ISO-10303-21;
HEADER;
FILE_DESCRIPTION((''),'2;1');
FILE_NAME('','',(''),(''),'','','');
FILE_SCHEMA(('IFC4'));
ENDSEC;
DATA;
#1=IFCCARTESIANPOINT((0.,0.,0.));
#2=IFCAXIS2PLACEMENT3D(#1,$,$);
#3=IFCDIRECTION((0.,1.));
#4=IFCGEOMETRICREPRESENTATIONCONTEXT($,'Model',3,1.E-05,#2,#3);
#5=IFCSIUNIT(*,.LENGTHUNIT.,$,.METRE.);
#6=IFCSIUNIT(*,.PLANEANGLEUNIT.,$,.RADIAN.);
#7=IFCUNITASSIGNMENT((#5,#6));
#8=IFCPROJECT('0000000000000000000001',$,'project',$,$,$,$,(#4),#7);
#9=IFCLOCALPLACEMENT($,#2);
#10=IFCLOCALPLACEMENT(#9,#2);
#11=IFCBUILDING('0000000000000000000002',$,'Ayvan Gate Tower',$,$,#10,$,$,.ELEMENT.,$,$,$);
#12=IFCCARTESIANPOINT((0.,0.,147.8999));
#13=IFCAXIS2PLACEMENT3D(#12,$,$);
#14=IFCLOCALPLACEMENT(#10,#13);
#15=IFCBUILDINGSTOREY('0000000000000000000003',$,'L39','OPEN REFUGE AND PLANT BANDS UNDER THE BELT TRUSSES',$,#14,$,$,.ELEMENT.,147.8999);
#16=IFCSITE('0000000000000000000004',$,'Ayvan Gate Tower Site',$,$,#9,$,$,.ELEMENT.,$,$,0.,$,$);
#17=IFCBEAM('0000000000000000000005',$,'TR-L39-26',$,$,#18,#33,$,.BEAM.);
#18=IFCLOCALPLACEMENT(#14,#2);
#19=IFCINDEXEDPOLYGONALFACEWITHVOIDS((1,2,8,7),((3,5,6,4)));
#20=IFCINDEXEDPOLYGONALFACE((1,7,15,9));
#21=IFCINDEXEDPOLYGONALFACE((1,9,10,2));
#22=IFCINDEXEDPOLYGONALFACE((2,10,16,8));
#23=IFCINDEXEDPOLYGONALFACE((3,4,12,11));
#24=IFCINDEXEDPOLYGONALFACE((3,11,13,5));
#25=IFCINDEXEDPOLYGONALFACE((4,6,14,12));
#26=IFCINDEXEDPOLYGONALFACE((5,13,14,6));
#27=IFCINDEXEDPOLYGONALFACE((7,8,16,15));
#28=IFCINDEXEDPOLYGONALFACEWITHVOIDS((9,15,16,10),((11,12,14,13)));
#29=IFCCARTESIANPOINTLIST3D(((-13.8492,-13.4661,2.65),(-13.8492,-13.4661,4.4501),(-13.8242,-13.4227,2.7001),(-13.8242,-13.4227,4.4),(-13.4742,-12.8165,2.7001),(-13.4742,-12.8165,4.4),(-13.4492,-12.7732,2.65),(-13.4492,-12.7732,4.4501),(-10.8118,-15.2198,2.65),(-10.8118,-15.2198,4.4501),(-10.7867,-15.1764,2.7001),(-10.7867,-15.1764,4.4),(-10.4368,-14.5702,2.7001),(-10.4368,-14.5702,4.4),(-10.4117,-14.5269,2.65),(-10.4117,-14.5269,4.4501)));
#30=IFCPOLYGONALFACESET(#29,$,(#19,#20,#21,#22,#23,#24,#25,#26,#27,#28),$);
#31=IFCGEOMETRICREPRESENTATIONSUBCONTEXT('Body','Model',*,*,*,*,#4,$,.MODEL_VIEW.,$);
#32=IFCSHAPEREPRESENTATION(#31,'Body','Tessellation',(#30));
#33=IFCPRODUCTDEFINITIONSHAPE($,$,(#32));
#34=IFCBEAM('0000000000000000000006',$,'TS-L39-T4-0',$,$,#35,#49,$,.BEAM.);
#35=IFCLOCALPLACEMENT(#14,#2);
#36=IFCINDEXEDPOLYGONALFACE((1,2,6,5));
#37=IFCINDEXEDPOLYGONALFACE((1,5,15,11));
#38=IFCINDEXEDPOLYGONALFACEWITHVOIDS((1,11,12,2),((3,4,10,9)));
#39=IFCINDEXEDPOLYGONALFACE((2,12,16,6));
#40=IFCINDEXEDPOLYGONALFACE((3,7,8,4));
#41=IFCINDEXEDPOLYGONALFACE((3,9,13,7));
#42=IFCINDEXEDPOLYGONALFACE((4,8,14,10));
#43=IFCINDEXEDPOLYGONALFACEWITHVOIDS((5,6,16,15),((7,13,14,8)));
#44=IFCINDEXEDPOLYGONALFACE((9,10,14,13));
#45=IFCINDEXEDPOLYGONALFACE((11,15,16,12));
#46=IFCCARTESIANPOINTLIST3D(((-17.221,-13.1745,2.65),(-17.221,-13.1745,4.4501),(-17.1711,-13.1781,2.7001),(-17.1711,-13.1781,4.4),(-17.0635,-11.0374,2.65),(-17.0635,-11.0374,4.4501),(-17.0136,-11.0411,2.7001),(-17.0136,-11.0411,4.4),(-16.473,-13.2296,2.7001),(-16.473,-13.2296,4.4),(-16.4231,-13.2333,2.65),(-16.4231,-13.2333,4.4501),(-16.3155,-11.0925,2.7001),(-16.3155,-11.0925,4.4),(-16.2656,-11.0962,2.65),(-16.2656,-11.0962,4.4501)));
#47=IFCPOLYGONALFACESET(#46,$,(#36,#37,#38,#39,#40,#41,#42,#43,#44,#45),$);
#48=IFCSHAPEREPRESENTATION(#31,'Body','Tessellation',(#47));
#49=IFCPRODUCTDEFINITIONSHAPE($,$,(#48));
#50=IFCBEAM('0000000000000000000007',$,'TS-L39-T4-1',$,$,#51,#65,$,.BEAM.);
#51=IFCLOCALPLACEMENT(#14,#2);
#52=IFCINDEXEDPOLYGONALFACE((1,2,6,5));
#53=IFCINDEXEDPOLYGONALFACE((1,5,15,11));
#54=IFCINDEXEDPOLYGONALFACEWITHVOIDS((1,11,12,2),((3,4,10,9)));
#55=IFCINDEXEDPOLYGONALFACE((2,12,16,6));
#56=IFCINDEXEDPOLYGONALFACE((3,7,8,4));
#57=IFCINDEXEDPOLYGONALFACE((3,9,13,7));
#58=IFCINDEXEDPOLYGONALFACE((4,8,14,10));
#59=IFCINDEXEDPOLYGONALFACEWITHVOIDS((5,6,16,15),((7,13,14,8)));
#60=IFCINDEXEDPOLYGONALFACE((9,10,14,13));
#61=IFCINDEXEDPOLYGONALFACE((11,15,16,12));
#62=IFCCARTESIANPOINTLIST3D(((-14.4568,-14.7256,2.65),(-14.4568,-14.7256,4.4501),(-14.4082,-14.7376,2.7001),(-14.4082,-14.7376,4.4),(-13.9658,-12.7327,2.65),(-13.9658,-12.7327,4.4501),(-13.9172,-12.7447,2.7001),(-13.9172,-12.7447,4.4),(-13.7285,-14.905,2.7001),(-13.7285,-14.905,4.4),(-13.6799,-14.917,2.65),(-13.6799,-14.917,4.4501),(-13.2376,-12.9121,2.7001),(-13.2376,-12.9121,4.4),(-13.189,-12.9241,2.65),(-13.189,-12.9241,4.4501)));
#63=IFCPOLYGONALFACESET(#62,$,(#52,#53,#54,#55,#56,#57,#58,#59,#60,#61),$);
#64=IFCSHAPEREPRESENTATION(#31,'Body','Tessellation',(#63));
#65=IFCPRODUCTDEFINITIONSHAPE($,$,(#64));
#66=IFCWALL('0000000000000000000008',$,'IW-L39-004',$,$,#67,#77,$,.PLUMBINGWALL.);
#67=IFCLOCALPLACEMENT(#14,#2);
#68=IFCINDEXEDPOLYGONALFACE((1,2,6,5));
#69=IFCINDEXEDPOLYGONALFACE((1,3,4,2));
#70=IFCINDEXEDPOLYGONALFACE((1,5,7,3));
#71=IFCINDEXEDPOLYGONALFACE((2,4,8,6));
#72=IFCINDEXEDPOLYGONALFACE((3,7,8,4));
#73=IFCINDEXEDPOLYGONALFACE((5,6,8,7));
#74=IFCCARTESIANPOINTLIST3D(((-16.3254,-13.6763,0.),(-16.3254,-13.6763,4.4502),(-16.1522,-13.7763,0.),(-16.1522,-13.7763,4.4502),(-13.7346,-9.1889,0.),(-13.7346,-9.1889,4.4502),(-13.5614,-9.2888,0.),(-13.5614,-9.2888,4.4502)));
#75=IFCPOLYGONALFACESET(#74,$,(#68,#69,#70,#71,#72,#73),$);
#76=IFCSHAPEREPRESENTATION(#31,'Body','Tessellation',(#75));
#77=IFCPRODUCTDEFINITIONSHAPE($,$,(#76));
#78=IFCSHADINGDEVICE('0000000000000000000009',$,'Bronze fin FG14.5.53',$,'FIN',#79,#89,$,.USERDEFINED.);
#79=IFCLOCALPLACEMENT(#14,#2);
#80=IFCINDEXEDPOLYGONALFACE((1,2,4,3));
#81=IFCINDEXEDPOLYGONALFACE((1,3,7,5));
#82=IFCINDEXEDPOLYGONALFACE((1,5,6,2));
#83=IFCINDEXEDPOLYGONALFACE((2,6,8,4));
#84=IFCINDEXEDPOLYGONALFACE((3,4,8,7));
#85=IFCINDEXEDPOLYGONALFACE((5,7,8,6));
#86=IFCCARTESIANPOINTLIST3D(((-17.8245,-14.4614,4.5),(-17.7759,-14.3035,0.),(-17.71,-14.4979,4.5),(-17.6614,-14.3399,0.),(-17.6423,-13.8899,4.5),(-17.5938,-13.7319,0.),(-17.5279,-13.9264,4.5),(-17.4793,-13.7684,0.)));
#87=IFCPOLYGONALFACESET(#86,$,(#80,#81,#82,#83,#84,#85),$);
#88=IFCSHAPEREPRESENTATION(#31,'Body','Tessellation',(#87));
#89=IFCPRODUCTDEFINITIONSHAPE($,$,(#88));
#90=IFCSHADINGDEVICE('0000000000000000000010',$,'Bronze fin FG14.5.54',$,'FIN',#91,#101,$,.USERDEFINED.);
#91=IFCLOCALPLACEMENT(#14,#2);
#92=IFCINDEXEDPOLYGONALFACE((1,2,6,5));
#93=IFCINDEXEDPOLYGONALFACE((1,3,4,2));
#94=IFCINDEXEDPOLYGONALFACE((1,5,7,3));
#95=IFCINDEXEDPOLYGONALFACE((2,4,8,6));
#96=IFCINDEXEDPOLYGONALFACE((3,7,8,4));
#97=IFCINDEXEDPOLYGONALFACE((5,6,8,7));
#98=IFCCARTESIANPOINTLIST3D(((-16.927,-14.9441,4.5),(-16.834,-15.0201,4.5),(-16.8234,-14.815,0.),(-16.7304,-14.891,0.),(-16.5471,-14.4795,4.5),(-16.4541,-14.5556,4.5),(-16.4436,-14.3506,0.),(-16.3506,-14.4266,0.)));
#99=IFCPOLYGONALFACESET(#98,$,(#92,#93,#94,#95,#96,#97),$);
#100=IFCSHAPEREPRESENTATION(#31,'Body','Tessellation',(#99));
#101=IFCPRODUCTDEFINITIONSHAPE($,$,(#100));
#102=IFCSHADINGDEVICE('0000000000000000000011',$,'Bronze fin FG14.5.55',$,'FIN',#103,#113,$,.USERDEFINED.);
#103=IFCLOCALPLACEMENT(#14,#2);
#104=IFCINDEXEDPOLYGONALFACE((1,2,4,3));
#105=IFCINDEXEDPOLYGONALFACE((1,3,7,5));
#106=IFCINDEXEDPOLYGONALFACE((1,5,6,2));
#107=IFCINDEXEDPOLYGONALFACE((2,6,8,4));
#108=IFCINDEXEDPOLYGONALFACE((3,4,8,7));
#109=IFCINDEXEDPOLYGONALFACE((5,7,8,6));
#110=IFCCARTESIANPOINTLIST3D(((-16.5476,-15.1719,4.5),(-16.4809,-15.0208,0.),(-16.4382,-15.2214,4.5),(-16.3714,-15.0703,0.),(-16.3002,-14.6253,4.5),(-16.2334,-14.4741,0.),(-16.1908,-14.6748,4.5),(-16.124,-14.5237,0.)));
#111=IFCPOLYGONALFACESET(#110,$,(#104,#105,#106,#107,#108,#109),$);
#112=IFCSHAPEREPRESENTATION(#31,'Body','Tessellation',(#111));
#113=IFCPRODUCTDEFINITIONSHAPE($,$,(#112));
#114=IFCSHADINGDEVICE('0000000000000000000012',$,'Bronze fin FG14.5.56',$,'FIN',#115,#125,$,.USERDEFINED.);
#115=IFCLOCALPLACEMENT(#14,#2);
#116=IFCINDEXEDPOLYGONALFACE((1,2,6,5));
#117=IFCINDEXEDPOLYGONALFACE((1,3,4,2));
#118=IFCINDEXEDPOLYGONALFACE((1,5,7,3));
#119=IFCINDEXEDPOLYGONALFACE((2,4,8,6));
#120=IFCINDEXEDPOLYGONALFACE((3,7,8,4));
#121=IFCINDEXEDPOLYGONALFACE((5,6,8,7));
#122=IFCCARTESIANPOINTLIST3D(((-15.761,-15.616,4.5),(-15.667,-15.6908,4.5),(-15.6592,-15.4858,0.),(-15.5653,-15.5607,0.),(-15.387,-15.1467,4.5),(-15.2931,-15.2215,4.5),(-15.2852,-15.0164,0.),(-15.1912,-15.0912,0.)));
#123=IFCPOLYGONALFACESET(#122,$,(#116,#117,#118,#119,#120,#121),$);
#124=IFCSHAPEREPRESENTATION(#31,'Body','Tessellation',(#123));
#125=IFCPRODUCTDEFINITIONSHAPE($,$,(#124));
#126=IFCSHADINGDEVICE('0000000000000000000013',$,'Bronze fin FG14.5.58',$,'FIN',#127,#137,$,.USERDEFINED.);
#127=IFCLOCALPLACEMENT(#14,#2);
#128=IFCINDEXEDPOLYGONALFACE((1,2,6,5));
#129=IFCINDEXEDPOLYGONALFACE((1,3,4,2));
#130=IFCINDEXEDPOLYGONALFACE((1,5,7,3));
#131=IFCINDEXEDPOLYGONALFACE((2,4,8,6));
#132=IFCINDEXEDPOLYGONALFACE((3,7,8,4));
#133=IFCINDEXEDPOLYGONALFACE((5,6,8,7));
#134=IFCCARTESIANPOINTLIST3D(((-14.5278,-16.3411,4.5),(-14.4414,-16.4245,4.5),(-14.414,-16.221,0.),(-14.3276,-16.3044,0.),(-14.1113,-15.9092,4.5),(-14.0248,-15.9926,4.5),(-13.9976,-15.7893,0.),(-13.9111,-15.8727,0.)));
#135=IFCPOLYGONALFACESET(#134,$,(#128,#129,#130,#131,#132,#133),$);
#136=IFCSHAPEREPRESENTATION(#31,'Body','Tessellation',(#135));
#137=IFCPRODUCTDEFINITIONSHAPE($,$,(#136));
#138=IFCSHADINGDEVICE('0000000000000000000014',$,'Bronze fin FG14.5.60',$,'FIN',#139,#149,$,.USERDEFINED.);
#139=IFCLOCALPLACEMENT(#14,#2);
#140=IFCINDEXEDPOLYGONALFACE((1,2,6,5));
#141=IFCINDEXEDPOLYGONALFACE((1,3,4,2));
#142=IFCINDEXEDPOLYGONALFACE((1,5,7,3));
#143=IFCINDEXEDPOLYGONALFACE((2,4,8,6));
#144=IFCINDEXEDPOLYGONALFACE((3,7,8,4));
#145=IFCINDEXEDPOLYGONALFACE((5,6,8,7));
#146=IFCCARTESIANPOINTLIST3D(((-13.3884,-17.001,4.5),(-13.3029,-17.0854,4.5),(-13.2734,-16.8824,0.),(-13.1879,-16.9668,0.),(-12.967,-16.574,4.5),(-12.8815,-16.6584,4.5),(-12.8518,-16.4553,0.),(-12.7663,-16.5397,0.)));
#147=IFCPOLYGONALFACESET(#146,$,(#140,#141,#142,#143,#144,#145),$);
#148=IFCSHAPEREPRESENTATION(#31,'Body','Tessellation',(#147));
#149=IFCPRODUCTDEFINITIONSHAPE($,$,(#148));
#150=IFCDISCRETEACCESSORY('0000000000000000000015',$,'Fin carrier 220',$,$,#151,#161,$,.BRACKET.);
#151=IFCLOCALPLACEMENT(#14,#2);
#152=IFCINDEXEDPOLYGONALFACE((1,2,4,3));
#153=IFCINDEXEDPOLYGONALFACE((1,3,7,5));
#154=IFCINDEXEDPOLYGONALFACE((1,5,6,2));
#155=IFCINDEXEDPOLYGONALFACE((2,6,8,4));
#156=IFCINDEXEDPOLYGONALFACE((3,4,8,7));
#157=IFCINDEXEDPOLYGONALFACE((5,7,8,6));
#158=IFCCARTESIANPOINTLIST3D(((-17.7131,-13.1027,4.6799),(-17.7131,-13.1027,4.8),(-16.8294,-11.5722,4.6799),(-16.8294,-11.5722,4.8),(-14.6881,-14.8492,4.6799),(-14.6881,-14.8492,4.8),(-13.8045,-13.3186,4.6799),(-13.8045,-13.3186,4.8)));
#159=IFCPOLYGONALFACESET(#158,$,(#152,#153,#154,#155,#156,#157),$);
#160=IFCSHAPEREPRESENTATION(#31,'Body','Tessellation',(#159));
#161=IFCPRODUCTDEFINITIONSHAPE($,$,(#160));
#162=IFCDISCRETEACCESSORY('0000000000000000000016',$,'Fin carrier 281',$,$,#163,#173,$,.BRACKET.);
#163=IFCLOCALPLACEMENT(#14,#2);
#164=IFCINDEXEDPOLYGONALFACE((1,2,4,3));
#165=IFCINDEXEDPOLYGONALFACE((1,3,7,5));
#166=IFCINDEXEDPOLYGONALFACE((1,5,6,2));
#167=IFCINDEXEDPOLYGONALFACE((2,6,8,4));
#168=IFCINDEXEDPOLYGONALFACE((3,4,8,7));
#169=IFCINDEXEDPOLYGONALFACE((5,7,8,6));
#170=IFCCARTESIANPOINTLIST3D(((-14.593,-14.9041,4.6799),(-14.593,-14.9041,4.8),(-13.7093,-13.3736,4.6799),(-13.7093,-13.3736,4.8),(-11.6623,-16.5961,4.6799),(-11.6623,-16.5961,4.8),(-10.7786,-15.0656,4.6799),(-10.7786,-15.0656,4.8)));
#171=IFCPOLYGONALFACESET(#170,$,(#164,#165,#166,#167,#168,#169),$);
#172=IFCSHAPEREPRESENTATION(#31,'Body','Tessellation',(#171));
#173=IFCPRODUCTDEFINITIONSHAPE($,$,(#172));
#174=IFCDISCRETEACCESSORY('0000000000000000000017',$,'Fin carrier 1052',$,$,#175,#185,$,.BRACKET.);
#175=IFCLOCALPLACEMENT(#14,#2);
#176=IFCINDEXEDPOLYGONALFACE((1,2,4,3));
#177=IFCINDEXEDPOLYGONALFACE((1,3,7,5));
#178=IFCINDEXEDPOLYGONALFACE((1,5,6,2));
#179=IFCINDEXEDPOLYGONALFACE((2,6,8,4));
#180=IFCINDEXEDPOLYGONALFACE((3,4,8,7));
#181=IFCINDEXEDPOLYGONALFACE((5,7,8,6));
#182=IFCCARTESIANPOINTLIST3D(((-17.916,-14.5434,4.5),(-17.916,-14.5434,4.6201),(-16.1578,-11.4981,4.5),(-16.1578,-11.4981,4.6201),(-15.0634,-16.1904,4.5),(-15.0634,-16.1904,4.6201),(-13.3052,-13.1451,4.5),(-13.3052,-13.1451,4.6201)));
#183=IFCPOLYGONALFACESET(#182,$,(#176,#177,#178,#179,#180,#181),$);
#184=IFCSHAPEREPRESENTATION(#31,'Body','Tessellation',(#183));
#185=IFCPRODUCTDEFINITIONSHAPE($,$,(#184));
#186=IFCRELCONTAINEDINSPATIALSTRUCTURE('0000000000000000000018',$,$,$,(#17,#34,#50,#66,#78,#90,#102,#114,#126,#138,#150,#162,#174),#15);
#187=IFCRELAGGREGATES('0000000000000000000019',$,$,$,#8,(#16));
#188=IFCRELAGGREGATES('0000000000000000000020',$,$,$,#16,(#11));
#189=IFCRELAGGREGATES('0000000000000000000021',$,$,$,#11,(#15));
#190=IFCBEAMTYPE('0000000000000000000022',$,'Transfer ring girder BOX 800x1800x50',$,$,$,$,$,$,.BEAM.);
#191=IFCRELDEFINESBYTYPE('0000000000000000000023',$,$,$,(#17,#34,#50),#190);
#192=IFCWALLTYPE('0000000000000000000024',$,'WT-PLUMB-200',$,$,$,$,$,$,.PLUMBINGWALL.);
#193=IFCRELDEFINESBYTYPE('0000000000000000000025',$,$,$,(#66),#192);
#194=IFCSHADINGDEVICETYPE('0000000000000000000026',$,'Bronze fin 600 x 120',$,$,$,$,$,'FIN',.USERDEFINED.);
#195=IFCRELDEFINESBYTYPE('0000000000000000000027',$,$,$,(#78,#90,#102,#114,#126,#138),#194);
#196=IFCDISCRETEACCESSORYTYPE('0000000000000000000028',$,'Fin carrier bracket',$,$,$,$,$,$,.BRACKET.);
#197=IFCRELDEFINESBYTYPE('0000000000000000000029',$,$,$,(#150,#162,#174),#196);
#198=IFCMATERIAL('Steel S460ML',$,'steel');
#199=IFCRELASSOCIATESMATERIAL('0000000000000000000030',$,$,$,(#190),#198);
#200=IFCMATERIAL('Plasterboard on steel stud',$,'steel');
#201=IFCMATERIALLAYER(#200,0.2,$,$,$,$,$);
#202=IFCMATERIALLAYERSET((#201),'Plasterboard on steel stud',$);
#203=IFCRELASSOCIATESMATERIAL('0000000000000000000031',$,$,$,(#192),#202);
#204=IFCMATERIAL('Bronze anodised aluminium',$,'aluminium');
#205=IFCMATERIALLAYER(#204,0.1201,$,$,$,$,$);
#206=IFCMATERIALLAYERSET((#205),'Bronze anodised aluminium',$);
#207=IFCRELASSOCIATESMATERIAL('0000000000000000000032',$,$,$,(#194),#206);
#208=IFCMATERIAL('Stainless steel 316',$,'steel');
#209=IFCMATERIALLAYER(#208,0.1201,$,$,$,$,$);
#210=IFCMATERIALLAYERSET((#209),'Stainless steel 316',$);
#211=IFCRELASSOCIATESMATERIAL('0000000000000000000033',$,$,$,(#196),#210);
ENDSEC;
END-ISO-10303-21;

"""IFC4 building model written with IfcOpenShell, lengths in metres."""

from ifc_helpers import new_model, si_unit, direction, frame, frame_2d, origin, origin_2d, place, context, subcontext, project, spatial, polyline, rectangle, hollow_rectangle, outline, extrude, material, layer, layer_set, material_profile, profile_set, type_object, element, save


model = new_model("IFC4")

# Units and contexts
model_context = context("Model", 3, precision=1e-05, world=origin(), true_north=direction((0.0, 1.0)))
body_context = subcontext(model_context, "Body", "Model", "MODEL_VIEW")
ifc_project = project(units=[si_unit("LENGTHUNIT", "METRE"), si_unit("PLANEANGLEUNIT", "RADIAN")], contexts=[model_context])

# Site, building, storey
site_placement = place(None, origin())
site = spatial("IfcSite", under=ifc_project, at=site_placement, Name="Ayvan Gate Tower Site", CompositionType="ELEMENT", RefElevation=0.0)
building_placement = place(site_placement, origin())
building = spatial("IfcBuilding", under=site, at=building_placement, Name="Ayvan Gate Tower", CompositionType="ELEMENT")
storey_placement = place(building_placement, frame((0.0, 0.0, 147.8999)))
storey = spatial("IfcBuildingStorey", under=building, at=storey_placement, Name="L39", Description="OPEN REFUGE AND PLANT BANDS UNDER THE BELT TRUSSES", CompositionType="ELEMENT", Elevation=147.8999)

# Shared definitions
ifc_material_1 = material(Name="Steel S460ML", Category="steel")

# Beams
ifc_material_profile_1 = material_profile(ifc_material_1, hollow_rectangle(XDim=0.8, YDim=1.8, WallThickness=0.05, at=origin_2d()), Name="BOX 800x1800x50")
ifc_profile_set_1 = profile_set([ifc_material_profile_1], Name="Steel S460ML")
beam_type_1 = type_object("IfcBeamType", Name="Transfer ring girder BOX 800x1800x50", PredefinedType="BEAM", material=ifc_profile_set_1)
beam_1_placement = place(storey_placement, frame((-13.6492, -13.1196, 3.55), z_axis=(0.86602, -0.50001, 0.0), x_axis=(0.50001, 0.86602, 0.0)))
element("IfcBeam", 1, at=beam_1_placement, inside=storey, type_object=beam_type_1, Name="TR-L39-26", PredefinedType="BEAM", context=body_context, shape_type="SweptSolid", body=[
    extrude(hollow_rectangle(XDim=0.8, YDim=1.8, WallThickness=0.05, at=origin_2d()), origin(), (0.0, 0.0, 1.0), 3.5073),
])
beam_2_placement = place(storey_placement, frame((-16.822, -13.2039, 3.55), z_axis=(0.07349, 0.997296, 0.0), x_axis=(-0.997296, 0.07349, 0.0)))
element("IfcBeam", 2, at=beam_2_placement, inside=storey, type_object=beam_type_1, Name="TS-L39-T4-0", PredefinedType="BEAM", context=body_context, shape_type="SweptSolid", body=[
    extrude(hollow_rectangle(XDim=0.8, YDim=1.8, WallThickness=0.05, at=origin_2d()), origin(), (0.0, 0.0, 1.0), 2.1428),
])
beam_3_placement = place(storey_placement, frame((-14.0684, -14.8213, 3.55), z_axis=(0.239204, 0.970969, 0.0), x_axis=(-0.970969, 0.239204, 0.0)))
element("IfcBeam", 3, at=beam_3_placement, inside=storey, type_object=beam_type_1, Name="TS-L39-T4-1", PredefinedType="BEAM", context=body_context, shape_type="SweptSolid", body=[
    extrude(hollow_rectangle(XDim=0.8, YDim=1.8, WallThickness=0.05, at=origin_2d()), origin(), (0.0, 0.0, 1.0), 2.0525),
])

# Wall
ifc_material_2 = material(Name="Plasterboard on steel stud", Category="steel")
ifc_layer_1 = layer(ifc_material_2, 0.2)
ifc_layer_set_1 = layer_set([ifc_layer_1], Name="Plasterboard on steel stud")
wall_type = type_object("IfcWallType", Name="WT-PLUMB-200", PredefinedType="PLUMBINGWALL", material=ifc_layer_set_1)
wall_placement = place(storey_placement, frame((-16.2388, -13.7263, 0.0), z_axis=(0.0, 0.0, 1.0), x_axis=(0.49999, 0.866031, 0.0)))
element("IfcWall", 4, at=wall_placement, inside=storey, type_object=wall_type, Name="IW-L39-004", PredefinedType="PLUMBINGWALL", context=body_context, shape_type="SweptSolid", body=[
    extrude(rectangle(XDim=5.1816, YDim=0.2, at=frame_2d((2.5908, 0.0))), origin(), (0.0, 0.0, 1.0), 4.4502),
])

# Shading devices
ifc_material_3 = material(Name="Bronze anodised aluminium", Category="aluminium")
ifc_layer_2 = layer(ifc_material_3, 0.1201)
ifc_layer_set_2 = layer_set([ifc_layer_2], Name="Bronze anodised aluminium")
shading_device_type = type_object("IfcShadingDeviceType", Name="Bronze fin 600 x 120", ElementType="FIN", PredefinedType="USERDEFINED", material=ifc_layer_set_2)
shading_device_1_placement = place(storey_placement, frame((-17.5938, -13.7319, 0.0), z_axis=(-0.952792, 0.303624, 0.000371), x_axis=(-0.303624, -0.952792, 0.0)))
element("IfcShadingDevice", 5, at=shading_device_1_placement, inside=storey, type_object=shading_device_type, Name="Bronze fin FG14.5.53", ObjectType="FIN", PredefinedType="USERDEFINED", context=body_context, shape_type="SweptSolid", body=[
    extrude(outline(polyline([(0.0, 0.0), (0.5999, 0.0), (0.7651, 4.5), (0.1653, 4.5), (0.0, 0.0)])), origin(), (0.0, 0.0, -1.0), 0.1201),
])
shading_device_2_placement = place(storey_placement, frame((-16.4436, -14.3506, 0.0), z_axis=(-0.774075, 0.633094, 0.000346), x_axis=(-0.633094, -0.774075, 0.0)))
element("IfcShadingDevice", 6, at=shading_device_2_placement, inside=storey, type_object=shading_device_type, Name="Bronze fin FG14.5.54", ObjectType="FIN", PredefinedType="USERDEFINED", context=body_context, shape_type="SweptSolid", body=[
    extrude(outline(polyline([(0.0, 0.0), (0.5999, 0.0), (0.7655, 4.5), (0.1653, 4.5), (0.0, 0.0)])), origin(), (0.0, 0.0, -1.0), 0.1201),
])
shading_device_3_placement = place(storey_placement, frame((-16.2334, -14.4741, 0.0), z_axis=(-0.911013, 0.412377, 0.000331), x_axis=(-0.412377, -0.911013, 0.0)))
element("IfcShadingDevice", 7, at=shading_device_3_placement, inside=storey, type_object=shading_device_type, Name="Bronze fin FG14.5.55", ObjectType="FIN", PredefinedType="USERDEFINED", context=body_context, shape_type="SweptSolid", body=[
    extrude(outline(polyline([(0.0, 0.0), (0.6001, 0.0), (0.7652, 4.5), (0.1653, 4.5), (0.0, 0.0)])), origin(), (0.0, 0.0, -1.0), 0.1201),
])
shading_device_4_placement = place(storey_placement, frame((-15.2852, -15.0164, 0.0), z_axis=(-0.782058, 0.623206, 0.000345), x_axis=(-0.623206, -0.782058, 0.0)))
element("IfcShadingDevice", 8, at=shading_device_4_placement, inside=storey, type_object=shading_device_type, Name="Bronze fin FG14.5.56", ObjectType="FIN", PredefinedType="USERDEFINED", context=body_context, shape_type="SweptSolid", body=[
    extrude(outline(polyline([(0.0, 0.0), (0.6003, 0.0), (0.7655, 4.5), (0.1654, 4.5), (0.0, 0.0)])), origin(), (0.0, 0.0, -1.0), 0.1201),
])
shading_device_5_placement = place(storey_placement, frame((-13.9976, -15.7893, 0.0), z_axis=(-0.71971, 0.694275, 0.000317), x_axis=(-0.694275, -0.71971, 0.0)))
element("IfcShadingDevice", 9, at=shading_device_5_placement, inside=storey, type_object=shading_device_type, Name="Bronze fin FG14.5.58", ObjectType="FIN", PredefinedType="USERDEFINED", context=body_context, shape_type="SweptSolid", body=[
    extrude(outline(polyline([(0.0, 0.0), (0.5998, 0.0), (0.7653, 4.5), (0.1653, 4.5), (0.0, 0.0)])), origin(), (0.0, 0.0, -1.0), 0.1201),
])
shading_device_6_placement = place(storey_placement, frame((-12.8518, -16.4553, 0.0), z_axis=(-0.71167, 0.702514, 0.000318), x_axis=(-0.702514, -0.71167, 0.0)))
element("IfcShadingDevice", 10, at=shading_device_6_placement, inside=storey, type_object=shading_device_type, Name="Bronze fin FG14.5.60", ObjectType="FIN", PredefinedType="USERDEFINED", context=body_context, shape_type="SweptSolid", body=[
    extrude(outline(polyline([(0.0, 0.0), (0.6001, 0.0), (0.7653, 4.5), (0.1654, 4.5), (0.0, 0.0)])), origin(), (0.0, 0.0, -1.0), 0.1201),
])

# Discrete accessories
ifc_material_4 = material(Name="Stainless steel 316", Category="steel")
ifc_layer_3 = layer(ifc_material_4, 0.1201)
ifc_layer_set_3 = layer_set([ifc_layer_3], Name="Stainless steel 316")
discrete_accessory_type_1 = type_object("IfcDiscreteAccessoryType", Name="Fin carrier bracket", PredefinedType="BRACKET", material=ifc_layer_set_3)
discrete_accessory_1_placement = place(storey_placement, frame((-15.7588, -13.2107, 4.6799), z_axis=(0.0, 0.0, 1.0), x_axis=(0.866025, -0.5, 0.0)))
element("IfcDiscreteAccessory", 11, at=discrete_accessory_1_placement, inside=storey, type_object=discrete_accessory_type_1, Name="Fin carrier 220", PredefinedType="BRACKET", context=body_context, shape_type="SweptSolid", body=[
    extrude(rectangle(XDim=3.4929, YDim=1.7673, at=origin_2d()), origin(), (0.0, 0.0, 1.0), 0.1201),
])
discrete_accessory_2_placement = place(storey_placement, frame((-12.6858, -14.9849, 4.6799), z_axis=(0.0, 0.0, 1.0), x_axis=(0.866025, -0.5, 0.0)))
element("IfcDiscreteAccessory", 12, at=discrete_accessory_2_placement, inside=storey, type_object=discrete_accessory_type_1, Name="Fin carrier 281", PredefinedType="BRACKET", context=body_context, shape_type="SweptSolid", body=[
    extrude(rectangle(XDim=3.384, YDim=1.7673, at=origin_2d()), origin(), (0.0, 0.0, 1.0), 0.1201),
])
discrete_accessory_3_placement = place(storey_placement, frame((-15.6106, -13.8442, 4.5), z_axis=(0.0, 0.0, 1.0), x_axis=(0.866025, -0.5, 0.0)))
element("IfcDiscreteAccessory", 13, at=discrete_accessory_3_placement, inside=storey, type_object=discrete_accessory_type_1, Name="Fin carrier 1052", PredefinedType="BRACKET", context=body_context, shape_type="SweptSolid", body=[
    extrude(rectangle(XDim=3.2939, YDim=3.5164, at=origin_2d()), origin(), (0.0, 0.0, 1.0), 0.1201),
])

save(model, "model.ifc")
